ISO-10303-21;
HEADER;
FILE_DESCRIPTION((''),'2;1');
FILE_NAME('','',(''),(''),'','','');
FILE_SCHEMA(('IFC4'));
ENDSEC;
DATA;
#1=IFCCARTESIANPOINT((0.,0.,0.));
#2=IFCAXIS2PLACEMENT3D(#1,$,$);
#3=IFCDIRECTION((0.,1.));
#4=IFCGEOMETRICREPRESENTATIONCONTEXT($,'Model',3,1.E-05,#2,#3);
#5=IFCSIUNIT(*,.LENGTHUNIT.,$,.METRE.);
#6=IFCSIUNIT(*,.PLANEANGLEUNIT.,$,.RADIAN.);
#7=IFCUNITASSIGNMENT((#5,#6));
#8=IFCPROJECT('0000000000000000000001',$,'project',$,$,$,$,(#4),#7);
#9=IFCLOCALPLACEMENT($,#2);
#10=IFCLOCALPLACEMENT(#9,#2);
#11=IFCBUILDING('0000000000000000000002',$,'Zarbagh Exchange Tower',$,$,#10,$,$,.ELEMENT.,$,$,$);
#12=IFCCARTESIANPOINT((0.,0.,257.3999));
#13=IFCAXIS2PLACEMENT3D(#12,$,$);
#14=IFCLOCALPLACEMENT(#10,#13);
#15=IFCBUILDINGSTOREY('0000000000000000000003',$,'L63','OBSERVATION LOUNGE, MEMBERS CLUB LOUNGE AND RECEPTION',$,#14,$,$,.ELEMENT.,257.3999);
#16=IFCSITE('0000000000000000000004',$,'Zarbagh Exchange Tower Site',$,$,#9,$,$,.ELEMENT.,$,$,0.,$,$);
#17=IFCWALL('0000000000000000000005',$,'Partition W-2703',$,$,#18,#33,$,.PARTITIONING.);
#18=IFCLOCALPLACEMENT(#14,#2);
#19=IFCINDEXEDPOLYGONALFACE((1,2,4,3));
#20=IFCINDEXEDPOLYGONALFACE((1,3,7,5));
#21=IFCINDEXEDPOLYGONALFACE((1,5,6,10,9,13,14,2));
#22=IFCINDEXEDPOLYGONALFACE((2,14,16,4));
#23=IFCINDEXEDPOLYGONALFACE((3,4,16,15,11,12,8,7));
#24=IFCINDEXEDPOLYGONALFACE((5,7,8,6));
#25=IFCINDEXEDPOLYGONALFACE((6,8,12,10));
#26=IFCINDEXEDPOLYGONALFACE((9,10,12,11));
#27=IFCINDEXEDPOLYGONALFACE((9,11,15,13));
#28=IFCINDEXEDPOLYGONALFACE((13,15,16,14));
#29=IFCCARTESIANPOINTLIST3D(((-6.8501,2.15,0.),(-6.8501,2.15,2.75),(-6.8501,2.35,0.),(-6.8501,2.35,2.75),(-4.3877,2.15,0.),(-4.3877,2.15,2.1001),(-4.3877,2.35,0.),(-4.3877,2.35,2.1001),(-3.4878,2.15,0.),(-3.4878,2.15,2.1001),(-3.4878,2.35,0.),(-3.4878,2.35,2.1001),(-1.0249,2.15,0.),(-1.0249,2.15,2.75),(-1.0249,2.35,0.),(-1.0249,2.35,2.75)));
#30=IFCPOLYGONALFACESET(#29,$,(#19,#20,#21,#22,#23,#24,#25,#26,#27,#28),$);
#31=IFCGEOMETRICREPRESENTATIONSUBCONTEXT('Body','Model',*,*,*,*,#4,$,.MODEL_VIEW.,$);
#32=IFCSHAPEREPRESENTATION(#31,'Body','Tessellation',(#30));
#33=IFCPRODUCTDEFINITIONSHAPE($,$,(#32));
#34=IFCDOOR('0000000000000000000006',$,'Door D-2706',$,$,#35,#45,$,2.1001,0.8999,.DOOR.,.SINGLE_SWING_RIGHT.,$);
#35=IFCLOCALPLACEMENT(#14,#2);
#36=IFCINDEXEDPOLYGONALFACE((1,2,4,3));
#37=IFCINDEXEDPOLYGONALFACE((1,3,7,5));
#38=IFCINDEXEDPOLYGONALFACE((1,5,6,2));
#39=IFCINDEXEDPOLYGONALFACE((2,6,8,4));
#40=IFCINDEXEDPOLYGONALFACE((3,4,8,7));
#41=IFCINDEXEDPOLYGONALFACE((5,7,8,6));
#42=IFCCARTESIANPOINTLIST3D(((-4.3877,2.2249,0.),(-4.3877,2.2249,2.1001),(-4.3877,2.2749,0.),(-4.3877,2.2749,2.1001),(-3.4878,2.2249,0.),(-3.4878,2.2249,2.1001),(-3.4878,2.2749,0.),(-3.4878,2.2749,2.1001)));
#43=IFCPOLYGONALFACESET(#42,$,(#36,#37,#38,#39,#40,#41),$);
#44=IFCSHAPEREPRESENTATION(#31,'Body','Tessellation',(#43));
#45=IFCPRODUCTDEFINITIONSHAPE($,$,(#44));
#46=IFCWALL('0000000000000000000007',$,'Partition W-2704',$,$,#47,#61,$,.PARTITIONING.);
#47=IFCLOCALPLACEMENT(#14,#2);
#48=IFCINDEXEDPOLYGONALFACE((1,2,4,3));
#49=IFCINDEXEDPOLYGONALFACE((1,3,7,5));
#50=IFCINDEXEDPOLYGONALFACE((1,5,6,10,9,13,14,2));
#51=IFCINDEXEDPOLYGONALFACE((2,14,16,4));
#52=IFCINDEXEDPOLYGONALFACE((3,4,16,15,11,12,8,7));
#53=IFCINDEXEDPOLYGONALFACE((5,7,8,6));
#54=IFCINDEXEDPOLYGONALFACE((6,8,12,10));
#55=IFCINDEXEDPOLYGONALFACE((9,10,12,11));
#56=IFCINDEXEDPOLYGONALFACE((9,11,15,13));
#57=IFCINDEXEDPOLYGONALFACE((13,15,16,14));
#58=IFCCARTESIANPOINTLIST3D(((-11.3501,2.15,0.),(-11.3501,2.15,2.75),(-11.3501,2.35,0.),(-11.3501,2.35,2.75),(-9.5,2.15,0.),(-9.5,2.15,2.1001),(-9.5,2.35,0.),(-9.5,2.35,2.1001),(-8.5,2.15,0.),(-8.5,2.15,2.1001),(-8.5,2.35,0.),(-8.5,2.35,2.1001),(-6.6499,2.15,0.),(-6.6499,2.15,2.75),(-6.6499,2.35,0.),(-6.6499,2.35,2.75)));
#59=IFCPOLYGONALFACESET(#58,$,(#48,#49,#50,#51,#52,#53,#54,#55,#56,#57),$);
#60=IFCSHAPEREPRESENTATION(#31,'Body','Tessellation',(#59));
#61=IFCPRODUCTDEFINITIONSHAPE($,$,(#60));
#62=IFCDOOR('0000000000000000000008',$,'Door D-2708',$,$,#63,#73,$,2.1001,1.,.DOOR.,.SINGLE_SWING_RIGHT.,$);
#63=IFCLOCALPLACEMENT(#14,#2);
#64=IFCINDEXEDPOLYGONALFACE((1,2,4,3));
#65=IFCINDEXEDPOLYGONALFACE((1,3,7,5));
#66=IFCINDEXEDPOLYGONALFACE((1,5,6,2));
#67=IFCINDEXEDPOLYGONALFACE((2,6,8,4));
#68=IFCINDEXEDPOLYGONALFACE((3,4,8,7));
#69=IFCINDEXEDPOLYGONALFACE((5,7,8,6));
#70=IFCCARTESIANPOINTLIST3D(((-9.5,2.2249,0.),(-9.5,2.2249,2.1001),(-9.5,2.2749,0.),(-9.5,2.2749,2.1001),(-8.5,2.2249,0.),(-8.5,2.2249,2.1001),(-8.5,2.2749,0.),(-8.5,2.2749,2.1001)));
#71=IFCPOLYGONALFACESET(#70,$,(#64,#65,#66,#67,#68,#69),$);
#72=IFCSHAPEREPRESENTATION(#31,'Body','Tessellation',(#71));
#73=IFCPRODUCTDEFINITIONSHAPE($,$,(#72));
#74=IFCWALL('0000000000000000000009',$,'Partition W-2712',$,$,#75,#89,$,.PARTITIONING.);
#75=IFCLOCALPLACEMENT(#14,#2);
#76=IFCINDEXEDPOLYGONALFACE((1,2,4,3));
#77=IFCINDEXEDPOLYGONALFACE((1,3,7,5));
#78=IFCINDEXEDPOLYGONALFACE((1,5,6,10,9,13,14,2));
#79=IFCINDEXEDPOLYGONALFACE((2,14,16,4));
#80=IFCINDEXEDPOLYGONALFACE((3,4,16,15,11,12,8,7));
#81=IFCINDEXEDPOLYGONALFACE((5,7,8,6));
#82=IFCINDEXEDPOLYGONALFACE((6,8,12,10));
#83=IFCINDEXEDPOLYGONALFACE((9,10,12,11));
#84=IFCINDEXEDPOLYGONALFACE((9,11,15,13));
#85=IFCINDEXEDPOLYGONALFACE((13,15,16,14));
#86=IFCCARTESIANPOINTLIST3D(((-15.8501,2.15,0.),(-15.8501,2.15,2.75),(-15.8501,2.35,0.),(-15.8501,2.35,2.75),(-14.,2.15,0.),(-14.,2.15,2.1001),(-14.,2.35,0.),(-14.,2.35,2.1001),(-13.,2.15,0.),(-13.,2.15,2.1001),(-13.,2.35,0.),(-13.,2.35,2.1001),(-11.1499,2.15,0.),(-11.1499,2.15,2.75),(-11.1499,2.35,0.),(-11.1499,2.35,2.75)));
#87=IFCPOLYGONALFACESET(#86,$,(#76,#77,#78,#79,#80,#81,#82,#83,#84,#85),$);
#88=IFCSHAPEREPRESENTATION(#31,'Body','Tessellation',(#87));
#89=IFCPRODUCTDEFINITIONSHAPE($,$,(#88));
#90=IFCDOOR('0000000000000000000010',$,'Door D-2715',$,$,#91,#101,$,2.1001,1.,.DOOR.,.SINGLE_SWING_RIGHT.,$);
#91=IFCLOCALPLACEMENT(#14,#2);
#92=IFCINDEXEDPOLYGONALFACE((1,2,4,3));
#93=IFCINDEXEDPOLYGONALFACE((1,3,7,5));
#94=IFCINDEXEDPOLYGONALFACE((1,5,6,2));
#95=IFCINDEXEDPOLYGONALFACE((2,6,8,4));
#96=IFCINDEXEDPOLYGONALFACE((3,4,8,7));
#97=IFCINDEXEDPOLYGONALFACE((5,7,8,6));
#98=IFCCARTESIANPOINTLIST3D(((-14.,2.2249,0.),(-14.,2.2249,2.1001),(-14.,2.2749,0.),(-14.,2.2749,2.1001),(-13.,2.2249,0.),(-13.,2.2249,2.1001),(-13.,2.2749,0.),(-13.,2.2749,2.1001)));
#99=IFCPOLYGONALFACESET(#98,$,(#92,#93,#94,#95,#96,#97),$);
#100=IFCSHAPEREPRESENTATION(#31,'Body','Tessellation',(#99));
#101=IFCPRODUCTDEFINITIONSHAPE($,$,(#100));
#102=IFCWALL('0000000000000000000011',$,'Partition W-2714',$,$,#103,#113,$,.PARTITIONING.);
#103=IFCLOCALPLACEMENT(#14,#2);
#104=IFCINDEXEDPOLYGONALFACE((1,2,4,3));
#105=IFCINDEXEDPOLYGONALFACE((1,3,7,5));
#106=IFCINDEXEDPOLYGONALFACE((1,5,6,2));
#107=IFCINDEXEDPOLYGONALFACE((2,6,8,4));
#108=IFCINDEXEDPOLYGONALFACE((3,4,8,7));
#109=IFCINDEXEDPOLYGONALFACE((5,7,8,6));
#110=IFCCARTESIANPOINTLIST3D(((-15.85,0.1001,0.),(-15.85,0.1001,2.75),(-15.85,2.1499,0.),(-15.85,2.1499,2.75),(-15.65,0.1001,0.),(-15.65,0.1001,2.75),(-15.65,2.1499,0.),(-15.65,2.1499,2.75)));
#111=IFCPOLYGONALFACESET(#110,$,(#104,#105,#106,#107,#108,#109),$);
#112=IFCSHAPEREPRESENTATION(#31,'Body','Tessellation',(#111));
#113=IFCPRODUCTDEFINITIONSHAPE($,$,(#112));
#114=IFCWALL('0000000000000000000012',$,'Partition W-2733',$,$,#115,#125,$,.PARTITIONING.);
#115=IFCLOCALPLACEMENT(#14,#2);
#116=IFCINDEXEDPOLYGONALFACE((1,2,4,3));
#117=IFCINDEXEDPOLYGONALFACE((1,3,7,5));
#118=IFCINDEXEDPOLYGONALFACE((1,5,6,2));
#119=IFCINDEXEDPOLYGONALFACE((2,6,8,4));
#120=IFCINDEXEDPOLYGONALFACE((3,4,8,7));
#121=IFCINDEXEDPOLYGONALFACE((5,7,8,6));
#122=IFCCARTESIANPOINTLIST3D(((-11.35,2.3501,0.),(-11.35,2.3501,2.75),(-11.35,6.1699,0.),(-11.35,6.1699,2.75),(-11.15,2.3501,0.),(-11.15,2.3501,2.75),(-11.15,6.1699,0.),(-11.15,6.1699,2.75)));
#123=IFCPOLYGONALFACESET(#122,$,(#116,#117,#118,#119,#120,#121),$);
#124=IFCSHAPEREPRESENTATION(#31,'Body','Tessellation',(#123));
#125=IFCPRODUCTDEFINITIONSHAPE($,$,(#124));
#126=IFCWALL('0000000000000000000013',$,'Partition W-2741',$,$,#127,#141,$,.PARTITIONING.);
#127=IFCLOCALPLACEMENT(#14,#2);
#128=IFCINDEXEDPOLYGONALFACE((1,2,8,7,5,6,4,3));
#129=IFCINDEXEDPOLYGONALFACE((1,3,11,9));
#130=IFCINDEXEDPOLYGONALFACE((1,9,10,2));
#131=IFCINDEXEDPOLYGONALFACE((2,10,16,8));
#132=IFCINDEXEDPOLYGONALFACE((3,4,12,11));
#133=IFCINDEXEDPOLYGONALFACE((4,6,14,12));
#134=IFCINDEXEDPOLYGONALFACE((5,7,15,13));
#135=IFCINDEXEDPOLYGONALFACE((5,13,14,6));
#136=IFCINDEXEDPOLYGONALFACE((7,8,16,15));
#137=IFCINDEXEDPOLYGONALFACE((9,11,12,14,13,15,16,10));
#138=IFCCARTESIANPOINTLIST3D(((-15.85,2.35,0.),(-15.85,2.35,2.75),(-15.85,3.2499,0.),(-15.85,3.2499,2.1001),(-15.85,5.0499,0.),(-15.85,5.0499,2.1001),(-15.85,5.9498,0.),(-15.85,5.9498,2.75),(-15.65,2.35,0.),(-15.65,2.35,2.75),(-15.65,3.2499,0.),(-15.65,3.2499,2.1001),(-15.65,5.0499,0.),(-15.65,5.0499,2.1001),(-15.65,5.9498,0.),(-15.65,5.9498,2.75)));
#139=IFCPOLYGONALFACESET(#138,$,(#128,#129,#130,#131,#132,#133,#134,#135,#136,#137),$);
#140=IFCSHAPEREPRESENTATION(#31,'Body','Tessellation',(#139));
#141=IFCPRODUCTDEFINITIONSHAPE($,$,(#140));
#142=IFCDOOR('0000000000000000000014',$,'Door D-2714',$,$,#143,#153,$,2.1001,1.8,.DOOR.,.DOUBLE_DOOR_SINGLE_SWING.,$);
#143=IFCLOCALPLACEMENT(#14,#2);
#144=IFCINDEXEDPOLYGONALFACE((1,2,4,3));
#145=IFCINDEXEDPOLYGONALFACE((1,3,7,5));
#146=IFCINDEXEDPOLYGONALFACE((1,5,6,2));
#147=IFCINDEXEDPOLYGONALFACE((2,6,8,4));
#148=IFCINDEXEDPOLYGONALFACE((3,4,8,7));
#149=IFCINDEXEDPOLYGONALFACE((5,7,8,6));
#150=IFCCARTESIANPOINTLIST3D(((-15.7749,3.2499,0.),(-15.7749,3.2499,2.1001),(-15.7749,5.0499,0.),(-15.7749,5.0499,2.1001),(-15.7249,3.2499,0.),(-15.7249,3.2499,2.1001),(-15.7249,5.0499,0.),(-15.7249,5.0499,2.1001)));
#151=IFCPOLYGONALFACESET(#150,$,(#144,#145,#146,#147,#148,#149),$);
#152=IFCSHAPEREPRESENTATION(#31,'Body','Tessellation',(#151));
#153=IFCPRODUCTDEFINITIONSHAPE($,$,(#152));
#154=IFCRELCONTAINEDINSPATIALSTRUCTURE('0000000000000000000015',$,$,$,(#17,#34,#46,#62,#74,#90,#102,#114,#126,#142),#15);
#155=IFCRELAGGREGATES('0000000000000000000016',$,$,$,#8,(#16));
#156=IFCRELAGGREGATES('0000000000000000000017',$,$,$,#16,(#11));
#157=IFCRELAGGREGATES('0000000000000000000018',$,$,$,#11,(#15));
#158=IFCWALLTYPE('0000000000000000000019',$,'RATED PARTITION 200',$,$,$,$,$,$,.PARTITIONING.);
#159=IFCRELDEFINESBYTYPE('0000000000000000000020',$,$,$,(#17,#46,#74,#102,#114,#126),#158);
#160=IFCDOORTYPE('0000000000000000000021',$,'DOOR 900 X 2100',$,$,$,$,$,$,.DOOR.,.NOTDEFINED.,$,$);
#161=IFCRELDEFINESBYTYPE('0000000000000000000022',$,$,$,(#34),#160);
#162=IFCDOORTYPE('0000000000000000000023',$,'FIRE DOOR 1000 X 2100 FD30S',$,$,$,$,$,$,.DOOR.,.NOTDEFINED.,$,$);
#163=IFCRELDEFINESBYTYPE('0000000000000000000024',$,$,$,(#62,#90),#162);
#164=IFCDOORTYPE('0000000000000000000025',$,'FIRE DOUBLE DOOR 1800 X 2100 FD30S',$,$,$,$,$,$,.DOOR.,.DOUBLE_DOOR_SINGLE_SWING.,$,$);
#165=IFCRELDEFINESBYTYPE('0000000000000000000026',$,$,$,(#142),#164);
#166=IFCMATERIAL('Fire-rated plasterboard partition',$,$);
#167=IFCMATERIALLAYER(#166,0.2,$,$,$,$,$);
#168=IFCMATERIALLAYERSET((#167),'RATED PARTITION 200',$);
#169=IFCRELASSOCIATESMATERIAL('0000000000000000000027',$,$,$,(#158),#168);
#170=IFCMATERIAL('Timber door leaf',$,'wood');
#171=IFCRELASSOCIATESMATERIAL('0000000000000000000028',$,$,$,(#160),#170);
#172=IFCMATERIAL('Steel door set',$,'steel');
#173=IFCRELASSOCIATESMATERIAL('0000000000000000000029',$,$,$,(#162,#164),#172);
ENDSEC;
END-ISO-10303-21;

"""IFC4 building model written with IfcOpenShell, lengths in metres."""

from ifc_helpers import new_model, si_unit, direction, frame, frame_2d, origin, place, context, subcontext, project, spatial, rectangle, extrude, material, layer, layer_set, type_object, element, fill, save


model = new_model("IFC4")

# Units and contexts
model_context = context("Model", 3, precision=1e-05, world=origin(), true_north=direction((0.0, 1.0)))
body_context = subcontext(model_context, "Body", "Model", "MODEL_VIEW")
ifc_project = project(units=[si_unit("LENGTHUNIT", "METRE"), si_unit("PLANEANGLEUNIT", "RADIAN")], contexts=[model_context])

# Site, building, storey
site_placement = place(None, origin())
site = spatial("IfcSite", under=ifc_project, at=site_placement, Name="Zarbagh Exchange Tower Site", CompositionType="ELEMENT", RefElevation=0.0)
building_placement = place(site_placement, origin())
building = spatial("IfcBuilding", under=site, at=building_placement, Name="Zarbagh Exchange Tower", CompositionType="ELEMENT")
storey_placement = place(building_placement, frame((0.0, 0.0, 257.3999)))
storey = spatial("IfcBuildingStorey", under=building, at=storey_placement, Name="L63", Description="OBSERVATION LOUNGE, MEMBERS CLUB LOUNGE AND RECEPTION", CompositionType="ELEMENT", Elevation=257.3999)

# Walls, openings, doors
ifc_material_1 = material(Name="Fire-rated plasterboard partition")
ifc_layer = layer(ifc_material_1, 0.2)
ifc_layer_set = layer_set([ifc_layer], Name="RATED PARTITION 200")
wall_type = type_object("IfcWallType", Name="RATED PARTITION 200", PredefinedType="PARTITIONING", material=ifc_layer_set)
wall_1_placement = place(storey_placement, frame((-6.8501, 2.25, 0.0), z_axis=(0.0, 0.0, 1.0), x_axis=(1.0, 0.0, 0.0)))
wall_1 = element("IfcWall", 1, at=wall_1_placement, inside=storey, type_object=wall_type, Name="Partition W-2703", PredefinedType="PARTITIONING", context=body_context, shape_type="SweptSolid", body=[
    extrude(rectangle(XDim=5.8252, YDim=0.2, at=frame_2d((2.9126, 0.0))), origin(), (0.0, 0.0, 1.0), 2.75),
])
opening_1_placement = place(wall_1_placement, frame((2.4624, 0.0, 0.0)))
opening_1 = element("IfcOpeningElement", 2, at=opening_1_placement, cuts=wall_1, PredefinedType="OPENING", context=body_context, shape_type="SweptSolid", body=[
    extrude(rectangle(XDim=0.8999, YDim=2.1001, at=frame_2d((0.45, 1.05))), frame((0.0, 0.1099, 0.0), z_axis=(0.0, -1.0, 0.0), x_axis=(1.0, 0.0, 0.0)), (0.0, 0.0, 1.0), 0.22),
])
ifc_material_2 = material(Name="Timber door leaf", Category="wood")
door_type_1 = type_object("IfcDoorType", Name="DOOR 900 X 2100", OperationType="NOTDEFINED", PredefinedType="DOOR", material=ifc_material_2)
door_1_placement = place(opening_1_placement, origin())
door_1 = element("IfcDoor", 3, at=door_1_placement, inside=storey, type_object=door_type_1, Name="Door D-2706", OperationType="SINGLE_SWING_RIGHT", OverallHeight=2.1001, OverallWidth=0.8999, PredefinedType="DOOR", context=body_context, shape_type="SweptSolid", body=[
    extrude(rectangle(XDim=0.8999, YDim=2.1001, at=frame_2d((0.45, 1.05))), frame((0.0, 0.0249, 0.0), z_axis=(0.0, -1.0, 0.0), x_axis=(1.0, 0.0, 0.0)), (0.0, 0.0, 1.0), 0.05),
])
fill(opening_1, door_1)
wall_2_placement = place(storey_placement, frame((-11.3501, 2.25, 0.0), z_axis=(0.0, 0.0, 1.0), x_axis=(1.0, 0.0, 0.0)))
wall_2 = element("IfcWall", 4, at=wall_2_placement, inside=storey, type_object=wall_type, Name="Partition W-2704", PredefinedType="PARTITIONING", context=body_context, shape_type="SweptSolid", body=[
    extrude(rectangle(XDim=4.7002, YDim=0.2, at=frame_2d((2.3501, 0.0))), origin(), (0.0, 0.0, 1.0), 2.75),
])
opening_2_placement = place(wall_2_placement, frame((1.8501, 0.0, 0.0)))
opening_2 = element("IfcOpeningElement", 5, at=opening_2_placement, cuts=wall_2, PredefinedType="OPENING", context=body_context, shape_type="SweptSolid", body=[
    extrude(rectangle(XDim=1.0, YDim=2.1001, at=frame_2d((0.5, 1.05))), frame((0.0, 0.1099, 0.0), z_axis=(0.0, -1.0, 0.0), x_axis=(1.0, 0.0, 0.0)), (0.0, 0.0, 1.0), 0.22),
])
ifc_material_3 = material(Name="Steel door set", Category="steel")
door_type_2 = type_object("IfcDoorType", Name="FIRE DOOR 1000 X 2100 FD30S", OperationType="NOTDEFINED", PredefinedType="DOOR", material=ifc_material_3)
door_2_placement = place(opening_2_placement, origin())
door_2 = element("IfcDoor", 6, at=door_2_placement, inside=storey, type_object=door_type_2, Name="Door D-2708", OperationType="SINGLE_SWING_RIGHT", OverallHeight=2.1001, OverallWidth=1.0, PredefinedType="DOOR", context=body_context, shape_type="SweptSolid", body=[
    extrude(rectangle(XDim=1.0, YDim=2.1001, at=frame_2d((0.5, 1.05))), frame((0.0, 0.0249, 0.0), z_axis=(0.0, -1.0, 0.0), x_axis=(1.0, 0.0, 0.0)), (0.0, 0.0, 1.0), 0.05),
])
fill(opening_2, door_2)
wall_3_placement = place(storey_placement, frame((-15.8501, 2.25, 0.0), z_axis=(0.0, 0.0, 1.0), x_axis=(1.0, 0.0, 0.0)))
wall_3 = element("IfcWall", 7, at=wall_3_placement, inside=storey, type_object=wall_type, Name="Partition W-2712", PredefinedType="PARTITIONING", context=body_context, shape_type="SweptSolid", body=[
    extrude(rectangle(XDim=4.7002, YDim=0.2, at=frame_2d((2.3501, 0.0))), origin(), (0.0, 0.0, 1.0), 2.75),
])
opening_3_placement = place(wall_3_placement, frame((1.8501, 0.0, 0.0)))
opening_3 = element("IfcOpeningElement", 8, at=opening_3_placement, cuts=wall_3, PredefinedType="OPENING", context=body_context, shape_type="SweptSolid", body=[
    extrude(rectangle(XDim=1.0, YDim=2.1001, at=frame_2d((0.5, 1.05))), frame((0.0, 0.1099, 0.0), z_axis=(0.0, -1.0, 0.0), x_axis=(1.0, 0.0, 0.0)), (0.0, 0.0, 1.0), 0.22),
])
door_3_placement = place(opening_3_placement, origin())
door_3 = element("IfcDoor", 9, at=door_3_placement, inside=storey, type_object=door_type_2, Name="Door D-2715", OperationType="SINGLE_SWING_RIGHT", OverallHeight=2.1001, OverallWidth=1.0, PredefinedType="DOOR", context=body_context, shape_type="SweptSolid", body=[
    extrude(rectangle(XDim=1.0, YDim=2.1001, at=frame_2d((0.5, 1.05))), frame((0.0, 0.0249, 0.0), z_axis=(0.0, -1.0, 0.0), x_axis=(1.0, 0.0, 0.0)), (0.0, 0.0, 1.0), 0.05),
])
fill(opening_3, door_3)

# Walls
wall_4_placement = place(storey_placement, frame((-15.75, 0.1001, 0.0), z_axis=(0.0, 0.0, 1.0), x_axis=(0.0, 1.0, 0.0)))
element("IfcWall", 10, at=wall_4_placement, inside=storey, type_object=wall_type, Name="Partition W-2714", PredefinedType="PARTITIONING", context=body_context, shape_type="SweptSolid", body=[
    extrude(rectangle(XDim=2.0498, YDim=0.2, at=frame_2d((1.0249, 0.0))), origin(), (0.0, 0.0, 1.0), 2.75),
])
wall_5_placement = place(storey_placement, frame((-11.25, 2.3501, 0.0), z_axis=(0.0, 0.0, 1.0), x_axis=(0.0, 1.0, 0.0)))
element("IfcWall", 11, at=wall_5_placement, inside=storey, type_object=wall_type, Name="Partition W-2733", PredefinedType="PARTITIONING", context=body_context, shape_type="SweptSolid", body=[
    extrude(rectangle(XDim=3.8198, YDim=0.2, at=frame_2d((1.9099, 0.0))), origin(), (0.0, 0.0, 1.0), 2.75),
])

# Wall, opening, door
wall_6_placement = place(storey_placement, frame((-15.75, 2.3501, 0.0), z_axis=(0.0, 0.0, 1.0), x_axis=(0.0, 1.0, 0.0)))
wall_6 = element("IfcWall", 12, at=wall_6_placement, inside=storey, type_object=wall_type, Name="Partition W-2741", PredefinedType="PARTITIONING", context=body_context, shape_type="SweptSolid", body=[
    extrude(rectangle(XDim=3.5999, YDim=0.2, at=frame_2d((1.7998, 0.0))), origin(), (0.0, 0.0, 1.0), 2.75),
])
opening_4_placement = place(wall_6_placement, frame((0.8999, 0.0, 0.0)))
opening_4 = element("IfcOpeningElement", 13, at=opening_4_placement, cuts=wall_6, PredefinedType="OPENING", context=body_context, shape_type="SweptSolid", body=[
    extrude(rectangle(XDim=1.8, YDim=2.1001, at=frame_2d((0.8999, 1.05))), frame((0.0, 0.1099, 0.0), z_axis=(0.0, -1.0, 0.0), x_axis=(1.0, 0.0, 0.0)), (0.0, 0.0, 1.0), 0.22),
])
door_type_3 = type_object("IfcDoorType", Name="FIRE DOUBLE DOOR 1800 X 2100 FD30S", OperationType="DOUBLE_DOOR_SINGLE_SWING", PredefinedType="DOOR", material=ifc_material_3)
door_4_placement = place(opening_4_placement, origin())
door_4 = element("IfcDoor", 14, at=door_4_placement, inside=storey, type_object=door_type_3, Name="Door D-2714", OperationType="DOUBLE_DOOR_SINGLE_SWING", OverallHeight=2.1001, OverallWidth=1.8, PredefinedType="DOOR", context=body_context, shape_type="SweptSolid", body=[
    extrude(rectangle(XDim=1.8, YDim=2.1001, at=frame_2d((0.8999, 1.05))), frame((0.0, 0.0249, 0.0), z_axis=(0.0, -1.0, 0.0), x_axis=(1.0, 0.0, 0.0)), (0.0, 0.0, 1.0), 0.05),
])
fill(opening_4, door_4)

save(model, "model.ifc")
